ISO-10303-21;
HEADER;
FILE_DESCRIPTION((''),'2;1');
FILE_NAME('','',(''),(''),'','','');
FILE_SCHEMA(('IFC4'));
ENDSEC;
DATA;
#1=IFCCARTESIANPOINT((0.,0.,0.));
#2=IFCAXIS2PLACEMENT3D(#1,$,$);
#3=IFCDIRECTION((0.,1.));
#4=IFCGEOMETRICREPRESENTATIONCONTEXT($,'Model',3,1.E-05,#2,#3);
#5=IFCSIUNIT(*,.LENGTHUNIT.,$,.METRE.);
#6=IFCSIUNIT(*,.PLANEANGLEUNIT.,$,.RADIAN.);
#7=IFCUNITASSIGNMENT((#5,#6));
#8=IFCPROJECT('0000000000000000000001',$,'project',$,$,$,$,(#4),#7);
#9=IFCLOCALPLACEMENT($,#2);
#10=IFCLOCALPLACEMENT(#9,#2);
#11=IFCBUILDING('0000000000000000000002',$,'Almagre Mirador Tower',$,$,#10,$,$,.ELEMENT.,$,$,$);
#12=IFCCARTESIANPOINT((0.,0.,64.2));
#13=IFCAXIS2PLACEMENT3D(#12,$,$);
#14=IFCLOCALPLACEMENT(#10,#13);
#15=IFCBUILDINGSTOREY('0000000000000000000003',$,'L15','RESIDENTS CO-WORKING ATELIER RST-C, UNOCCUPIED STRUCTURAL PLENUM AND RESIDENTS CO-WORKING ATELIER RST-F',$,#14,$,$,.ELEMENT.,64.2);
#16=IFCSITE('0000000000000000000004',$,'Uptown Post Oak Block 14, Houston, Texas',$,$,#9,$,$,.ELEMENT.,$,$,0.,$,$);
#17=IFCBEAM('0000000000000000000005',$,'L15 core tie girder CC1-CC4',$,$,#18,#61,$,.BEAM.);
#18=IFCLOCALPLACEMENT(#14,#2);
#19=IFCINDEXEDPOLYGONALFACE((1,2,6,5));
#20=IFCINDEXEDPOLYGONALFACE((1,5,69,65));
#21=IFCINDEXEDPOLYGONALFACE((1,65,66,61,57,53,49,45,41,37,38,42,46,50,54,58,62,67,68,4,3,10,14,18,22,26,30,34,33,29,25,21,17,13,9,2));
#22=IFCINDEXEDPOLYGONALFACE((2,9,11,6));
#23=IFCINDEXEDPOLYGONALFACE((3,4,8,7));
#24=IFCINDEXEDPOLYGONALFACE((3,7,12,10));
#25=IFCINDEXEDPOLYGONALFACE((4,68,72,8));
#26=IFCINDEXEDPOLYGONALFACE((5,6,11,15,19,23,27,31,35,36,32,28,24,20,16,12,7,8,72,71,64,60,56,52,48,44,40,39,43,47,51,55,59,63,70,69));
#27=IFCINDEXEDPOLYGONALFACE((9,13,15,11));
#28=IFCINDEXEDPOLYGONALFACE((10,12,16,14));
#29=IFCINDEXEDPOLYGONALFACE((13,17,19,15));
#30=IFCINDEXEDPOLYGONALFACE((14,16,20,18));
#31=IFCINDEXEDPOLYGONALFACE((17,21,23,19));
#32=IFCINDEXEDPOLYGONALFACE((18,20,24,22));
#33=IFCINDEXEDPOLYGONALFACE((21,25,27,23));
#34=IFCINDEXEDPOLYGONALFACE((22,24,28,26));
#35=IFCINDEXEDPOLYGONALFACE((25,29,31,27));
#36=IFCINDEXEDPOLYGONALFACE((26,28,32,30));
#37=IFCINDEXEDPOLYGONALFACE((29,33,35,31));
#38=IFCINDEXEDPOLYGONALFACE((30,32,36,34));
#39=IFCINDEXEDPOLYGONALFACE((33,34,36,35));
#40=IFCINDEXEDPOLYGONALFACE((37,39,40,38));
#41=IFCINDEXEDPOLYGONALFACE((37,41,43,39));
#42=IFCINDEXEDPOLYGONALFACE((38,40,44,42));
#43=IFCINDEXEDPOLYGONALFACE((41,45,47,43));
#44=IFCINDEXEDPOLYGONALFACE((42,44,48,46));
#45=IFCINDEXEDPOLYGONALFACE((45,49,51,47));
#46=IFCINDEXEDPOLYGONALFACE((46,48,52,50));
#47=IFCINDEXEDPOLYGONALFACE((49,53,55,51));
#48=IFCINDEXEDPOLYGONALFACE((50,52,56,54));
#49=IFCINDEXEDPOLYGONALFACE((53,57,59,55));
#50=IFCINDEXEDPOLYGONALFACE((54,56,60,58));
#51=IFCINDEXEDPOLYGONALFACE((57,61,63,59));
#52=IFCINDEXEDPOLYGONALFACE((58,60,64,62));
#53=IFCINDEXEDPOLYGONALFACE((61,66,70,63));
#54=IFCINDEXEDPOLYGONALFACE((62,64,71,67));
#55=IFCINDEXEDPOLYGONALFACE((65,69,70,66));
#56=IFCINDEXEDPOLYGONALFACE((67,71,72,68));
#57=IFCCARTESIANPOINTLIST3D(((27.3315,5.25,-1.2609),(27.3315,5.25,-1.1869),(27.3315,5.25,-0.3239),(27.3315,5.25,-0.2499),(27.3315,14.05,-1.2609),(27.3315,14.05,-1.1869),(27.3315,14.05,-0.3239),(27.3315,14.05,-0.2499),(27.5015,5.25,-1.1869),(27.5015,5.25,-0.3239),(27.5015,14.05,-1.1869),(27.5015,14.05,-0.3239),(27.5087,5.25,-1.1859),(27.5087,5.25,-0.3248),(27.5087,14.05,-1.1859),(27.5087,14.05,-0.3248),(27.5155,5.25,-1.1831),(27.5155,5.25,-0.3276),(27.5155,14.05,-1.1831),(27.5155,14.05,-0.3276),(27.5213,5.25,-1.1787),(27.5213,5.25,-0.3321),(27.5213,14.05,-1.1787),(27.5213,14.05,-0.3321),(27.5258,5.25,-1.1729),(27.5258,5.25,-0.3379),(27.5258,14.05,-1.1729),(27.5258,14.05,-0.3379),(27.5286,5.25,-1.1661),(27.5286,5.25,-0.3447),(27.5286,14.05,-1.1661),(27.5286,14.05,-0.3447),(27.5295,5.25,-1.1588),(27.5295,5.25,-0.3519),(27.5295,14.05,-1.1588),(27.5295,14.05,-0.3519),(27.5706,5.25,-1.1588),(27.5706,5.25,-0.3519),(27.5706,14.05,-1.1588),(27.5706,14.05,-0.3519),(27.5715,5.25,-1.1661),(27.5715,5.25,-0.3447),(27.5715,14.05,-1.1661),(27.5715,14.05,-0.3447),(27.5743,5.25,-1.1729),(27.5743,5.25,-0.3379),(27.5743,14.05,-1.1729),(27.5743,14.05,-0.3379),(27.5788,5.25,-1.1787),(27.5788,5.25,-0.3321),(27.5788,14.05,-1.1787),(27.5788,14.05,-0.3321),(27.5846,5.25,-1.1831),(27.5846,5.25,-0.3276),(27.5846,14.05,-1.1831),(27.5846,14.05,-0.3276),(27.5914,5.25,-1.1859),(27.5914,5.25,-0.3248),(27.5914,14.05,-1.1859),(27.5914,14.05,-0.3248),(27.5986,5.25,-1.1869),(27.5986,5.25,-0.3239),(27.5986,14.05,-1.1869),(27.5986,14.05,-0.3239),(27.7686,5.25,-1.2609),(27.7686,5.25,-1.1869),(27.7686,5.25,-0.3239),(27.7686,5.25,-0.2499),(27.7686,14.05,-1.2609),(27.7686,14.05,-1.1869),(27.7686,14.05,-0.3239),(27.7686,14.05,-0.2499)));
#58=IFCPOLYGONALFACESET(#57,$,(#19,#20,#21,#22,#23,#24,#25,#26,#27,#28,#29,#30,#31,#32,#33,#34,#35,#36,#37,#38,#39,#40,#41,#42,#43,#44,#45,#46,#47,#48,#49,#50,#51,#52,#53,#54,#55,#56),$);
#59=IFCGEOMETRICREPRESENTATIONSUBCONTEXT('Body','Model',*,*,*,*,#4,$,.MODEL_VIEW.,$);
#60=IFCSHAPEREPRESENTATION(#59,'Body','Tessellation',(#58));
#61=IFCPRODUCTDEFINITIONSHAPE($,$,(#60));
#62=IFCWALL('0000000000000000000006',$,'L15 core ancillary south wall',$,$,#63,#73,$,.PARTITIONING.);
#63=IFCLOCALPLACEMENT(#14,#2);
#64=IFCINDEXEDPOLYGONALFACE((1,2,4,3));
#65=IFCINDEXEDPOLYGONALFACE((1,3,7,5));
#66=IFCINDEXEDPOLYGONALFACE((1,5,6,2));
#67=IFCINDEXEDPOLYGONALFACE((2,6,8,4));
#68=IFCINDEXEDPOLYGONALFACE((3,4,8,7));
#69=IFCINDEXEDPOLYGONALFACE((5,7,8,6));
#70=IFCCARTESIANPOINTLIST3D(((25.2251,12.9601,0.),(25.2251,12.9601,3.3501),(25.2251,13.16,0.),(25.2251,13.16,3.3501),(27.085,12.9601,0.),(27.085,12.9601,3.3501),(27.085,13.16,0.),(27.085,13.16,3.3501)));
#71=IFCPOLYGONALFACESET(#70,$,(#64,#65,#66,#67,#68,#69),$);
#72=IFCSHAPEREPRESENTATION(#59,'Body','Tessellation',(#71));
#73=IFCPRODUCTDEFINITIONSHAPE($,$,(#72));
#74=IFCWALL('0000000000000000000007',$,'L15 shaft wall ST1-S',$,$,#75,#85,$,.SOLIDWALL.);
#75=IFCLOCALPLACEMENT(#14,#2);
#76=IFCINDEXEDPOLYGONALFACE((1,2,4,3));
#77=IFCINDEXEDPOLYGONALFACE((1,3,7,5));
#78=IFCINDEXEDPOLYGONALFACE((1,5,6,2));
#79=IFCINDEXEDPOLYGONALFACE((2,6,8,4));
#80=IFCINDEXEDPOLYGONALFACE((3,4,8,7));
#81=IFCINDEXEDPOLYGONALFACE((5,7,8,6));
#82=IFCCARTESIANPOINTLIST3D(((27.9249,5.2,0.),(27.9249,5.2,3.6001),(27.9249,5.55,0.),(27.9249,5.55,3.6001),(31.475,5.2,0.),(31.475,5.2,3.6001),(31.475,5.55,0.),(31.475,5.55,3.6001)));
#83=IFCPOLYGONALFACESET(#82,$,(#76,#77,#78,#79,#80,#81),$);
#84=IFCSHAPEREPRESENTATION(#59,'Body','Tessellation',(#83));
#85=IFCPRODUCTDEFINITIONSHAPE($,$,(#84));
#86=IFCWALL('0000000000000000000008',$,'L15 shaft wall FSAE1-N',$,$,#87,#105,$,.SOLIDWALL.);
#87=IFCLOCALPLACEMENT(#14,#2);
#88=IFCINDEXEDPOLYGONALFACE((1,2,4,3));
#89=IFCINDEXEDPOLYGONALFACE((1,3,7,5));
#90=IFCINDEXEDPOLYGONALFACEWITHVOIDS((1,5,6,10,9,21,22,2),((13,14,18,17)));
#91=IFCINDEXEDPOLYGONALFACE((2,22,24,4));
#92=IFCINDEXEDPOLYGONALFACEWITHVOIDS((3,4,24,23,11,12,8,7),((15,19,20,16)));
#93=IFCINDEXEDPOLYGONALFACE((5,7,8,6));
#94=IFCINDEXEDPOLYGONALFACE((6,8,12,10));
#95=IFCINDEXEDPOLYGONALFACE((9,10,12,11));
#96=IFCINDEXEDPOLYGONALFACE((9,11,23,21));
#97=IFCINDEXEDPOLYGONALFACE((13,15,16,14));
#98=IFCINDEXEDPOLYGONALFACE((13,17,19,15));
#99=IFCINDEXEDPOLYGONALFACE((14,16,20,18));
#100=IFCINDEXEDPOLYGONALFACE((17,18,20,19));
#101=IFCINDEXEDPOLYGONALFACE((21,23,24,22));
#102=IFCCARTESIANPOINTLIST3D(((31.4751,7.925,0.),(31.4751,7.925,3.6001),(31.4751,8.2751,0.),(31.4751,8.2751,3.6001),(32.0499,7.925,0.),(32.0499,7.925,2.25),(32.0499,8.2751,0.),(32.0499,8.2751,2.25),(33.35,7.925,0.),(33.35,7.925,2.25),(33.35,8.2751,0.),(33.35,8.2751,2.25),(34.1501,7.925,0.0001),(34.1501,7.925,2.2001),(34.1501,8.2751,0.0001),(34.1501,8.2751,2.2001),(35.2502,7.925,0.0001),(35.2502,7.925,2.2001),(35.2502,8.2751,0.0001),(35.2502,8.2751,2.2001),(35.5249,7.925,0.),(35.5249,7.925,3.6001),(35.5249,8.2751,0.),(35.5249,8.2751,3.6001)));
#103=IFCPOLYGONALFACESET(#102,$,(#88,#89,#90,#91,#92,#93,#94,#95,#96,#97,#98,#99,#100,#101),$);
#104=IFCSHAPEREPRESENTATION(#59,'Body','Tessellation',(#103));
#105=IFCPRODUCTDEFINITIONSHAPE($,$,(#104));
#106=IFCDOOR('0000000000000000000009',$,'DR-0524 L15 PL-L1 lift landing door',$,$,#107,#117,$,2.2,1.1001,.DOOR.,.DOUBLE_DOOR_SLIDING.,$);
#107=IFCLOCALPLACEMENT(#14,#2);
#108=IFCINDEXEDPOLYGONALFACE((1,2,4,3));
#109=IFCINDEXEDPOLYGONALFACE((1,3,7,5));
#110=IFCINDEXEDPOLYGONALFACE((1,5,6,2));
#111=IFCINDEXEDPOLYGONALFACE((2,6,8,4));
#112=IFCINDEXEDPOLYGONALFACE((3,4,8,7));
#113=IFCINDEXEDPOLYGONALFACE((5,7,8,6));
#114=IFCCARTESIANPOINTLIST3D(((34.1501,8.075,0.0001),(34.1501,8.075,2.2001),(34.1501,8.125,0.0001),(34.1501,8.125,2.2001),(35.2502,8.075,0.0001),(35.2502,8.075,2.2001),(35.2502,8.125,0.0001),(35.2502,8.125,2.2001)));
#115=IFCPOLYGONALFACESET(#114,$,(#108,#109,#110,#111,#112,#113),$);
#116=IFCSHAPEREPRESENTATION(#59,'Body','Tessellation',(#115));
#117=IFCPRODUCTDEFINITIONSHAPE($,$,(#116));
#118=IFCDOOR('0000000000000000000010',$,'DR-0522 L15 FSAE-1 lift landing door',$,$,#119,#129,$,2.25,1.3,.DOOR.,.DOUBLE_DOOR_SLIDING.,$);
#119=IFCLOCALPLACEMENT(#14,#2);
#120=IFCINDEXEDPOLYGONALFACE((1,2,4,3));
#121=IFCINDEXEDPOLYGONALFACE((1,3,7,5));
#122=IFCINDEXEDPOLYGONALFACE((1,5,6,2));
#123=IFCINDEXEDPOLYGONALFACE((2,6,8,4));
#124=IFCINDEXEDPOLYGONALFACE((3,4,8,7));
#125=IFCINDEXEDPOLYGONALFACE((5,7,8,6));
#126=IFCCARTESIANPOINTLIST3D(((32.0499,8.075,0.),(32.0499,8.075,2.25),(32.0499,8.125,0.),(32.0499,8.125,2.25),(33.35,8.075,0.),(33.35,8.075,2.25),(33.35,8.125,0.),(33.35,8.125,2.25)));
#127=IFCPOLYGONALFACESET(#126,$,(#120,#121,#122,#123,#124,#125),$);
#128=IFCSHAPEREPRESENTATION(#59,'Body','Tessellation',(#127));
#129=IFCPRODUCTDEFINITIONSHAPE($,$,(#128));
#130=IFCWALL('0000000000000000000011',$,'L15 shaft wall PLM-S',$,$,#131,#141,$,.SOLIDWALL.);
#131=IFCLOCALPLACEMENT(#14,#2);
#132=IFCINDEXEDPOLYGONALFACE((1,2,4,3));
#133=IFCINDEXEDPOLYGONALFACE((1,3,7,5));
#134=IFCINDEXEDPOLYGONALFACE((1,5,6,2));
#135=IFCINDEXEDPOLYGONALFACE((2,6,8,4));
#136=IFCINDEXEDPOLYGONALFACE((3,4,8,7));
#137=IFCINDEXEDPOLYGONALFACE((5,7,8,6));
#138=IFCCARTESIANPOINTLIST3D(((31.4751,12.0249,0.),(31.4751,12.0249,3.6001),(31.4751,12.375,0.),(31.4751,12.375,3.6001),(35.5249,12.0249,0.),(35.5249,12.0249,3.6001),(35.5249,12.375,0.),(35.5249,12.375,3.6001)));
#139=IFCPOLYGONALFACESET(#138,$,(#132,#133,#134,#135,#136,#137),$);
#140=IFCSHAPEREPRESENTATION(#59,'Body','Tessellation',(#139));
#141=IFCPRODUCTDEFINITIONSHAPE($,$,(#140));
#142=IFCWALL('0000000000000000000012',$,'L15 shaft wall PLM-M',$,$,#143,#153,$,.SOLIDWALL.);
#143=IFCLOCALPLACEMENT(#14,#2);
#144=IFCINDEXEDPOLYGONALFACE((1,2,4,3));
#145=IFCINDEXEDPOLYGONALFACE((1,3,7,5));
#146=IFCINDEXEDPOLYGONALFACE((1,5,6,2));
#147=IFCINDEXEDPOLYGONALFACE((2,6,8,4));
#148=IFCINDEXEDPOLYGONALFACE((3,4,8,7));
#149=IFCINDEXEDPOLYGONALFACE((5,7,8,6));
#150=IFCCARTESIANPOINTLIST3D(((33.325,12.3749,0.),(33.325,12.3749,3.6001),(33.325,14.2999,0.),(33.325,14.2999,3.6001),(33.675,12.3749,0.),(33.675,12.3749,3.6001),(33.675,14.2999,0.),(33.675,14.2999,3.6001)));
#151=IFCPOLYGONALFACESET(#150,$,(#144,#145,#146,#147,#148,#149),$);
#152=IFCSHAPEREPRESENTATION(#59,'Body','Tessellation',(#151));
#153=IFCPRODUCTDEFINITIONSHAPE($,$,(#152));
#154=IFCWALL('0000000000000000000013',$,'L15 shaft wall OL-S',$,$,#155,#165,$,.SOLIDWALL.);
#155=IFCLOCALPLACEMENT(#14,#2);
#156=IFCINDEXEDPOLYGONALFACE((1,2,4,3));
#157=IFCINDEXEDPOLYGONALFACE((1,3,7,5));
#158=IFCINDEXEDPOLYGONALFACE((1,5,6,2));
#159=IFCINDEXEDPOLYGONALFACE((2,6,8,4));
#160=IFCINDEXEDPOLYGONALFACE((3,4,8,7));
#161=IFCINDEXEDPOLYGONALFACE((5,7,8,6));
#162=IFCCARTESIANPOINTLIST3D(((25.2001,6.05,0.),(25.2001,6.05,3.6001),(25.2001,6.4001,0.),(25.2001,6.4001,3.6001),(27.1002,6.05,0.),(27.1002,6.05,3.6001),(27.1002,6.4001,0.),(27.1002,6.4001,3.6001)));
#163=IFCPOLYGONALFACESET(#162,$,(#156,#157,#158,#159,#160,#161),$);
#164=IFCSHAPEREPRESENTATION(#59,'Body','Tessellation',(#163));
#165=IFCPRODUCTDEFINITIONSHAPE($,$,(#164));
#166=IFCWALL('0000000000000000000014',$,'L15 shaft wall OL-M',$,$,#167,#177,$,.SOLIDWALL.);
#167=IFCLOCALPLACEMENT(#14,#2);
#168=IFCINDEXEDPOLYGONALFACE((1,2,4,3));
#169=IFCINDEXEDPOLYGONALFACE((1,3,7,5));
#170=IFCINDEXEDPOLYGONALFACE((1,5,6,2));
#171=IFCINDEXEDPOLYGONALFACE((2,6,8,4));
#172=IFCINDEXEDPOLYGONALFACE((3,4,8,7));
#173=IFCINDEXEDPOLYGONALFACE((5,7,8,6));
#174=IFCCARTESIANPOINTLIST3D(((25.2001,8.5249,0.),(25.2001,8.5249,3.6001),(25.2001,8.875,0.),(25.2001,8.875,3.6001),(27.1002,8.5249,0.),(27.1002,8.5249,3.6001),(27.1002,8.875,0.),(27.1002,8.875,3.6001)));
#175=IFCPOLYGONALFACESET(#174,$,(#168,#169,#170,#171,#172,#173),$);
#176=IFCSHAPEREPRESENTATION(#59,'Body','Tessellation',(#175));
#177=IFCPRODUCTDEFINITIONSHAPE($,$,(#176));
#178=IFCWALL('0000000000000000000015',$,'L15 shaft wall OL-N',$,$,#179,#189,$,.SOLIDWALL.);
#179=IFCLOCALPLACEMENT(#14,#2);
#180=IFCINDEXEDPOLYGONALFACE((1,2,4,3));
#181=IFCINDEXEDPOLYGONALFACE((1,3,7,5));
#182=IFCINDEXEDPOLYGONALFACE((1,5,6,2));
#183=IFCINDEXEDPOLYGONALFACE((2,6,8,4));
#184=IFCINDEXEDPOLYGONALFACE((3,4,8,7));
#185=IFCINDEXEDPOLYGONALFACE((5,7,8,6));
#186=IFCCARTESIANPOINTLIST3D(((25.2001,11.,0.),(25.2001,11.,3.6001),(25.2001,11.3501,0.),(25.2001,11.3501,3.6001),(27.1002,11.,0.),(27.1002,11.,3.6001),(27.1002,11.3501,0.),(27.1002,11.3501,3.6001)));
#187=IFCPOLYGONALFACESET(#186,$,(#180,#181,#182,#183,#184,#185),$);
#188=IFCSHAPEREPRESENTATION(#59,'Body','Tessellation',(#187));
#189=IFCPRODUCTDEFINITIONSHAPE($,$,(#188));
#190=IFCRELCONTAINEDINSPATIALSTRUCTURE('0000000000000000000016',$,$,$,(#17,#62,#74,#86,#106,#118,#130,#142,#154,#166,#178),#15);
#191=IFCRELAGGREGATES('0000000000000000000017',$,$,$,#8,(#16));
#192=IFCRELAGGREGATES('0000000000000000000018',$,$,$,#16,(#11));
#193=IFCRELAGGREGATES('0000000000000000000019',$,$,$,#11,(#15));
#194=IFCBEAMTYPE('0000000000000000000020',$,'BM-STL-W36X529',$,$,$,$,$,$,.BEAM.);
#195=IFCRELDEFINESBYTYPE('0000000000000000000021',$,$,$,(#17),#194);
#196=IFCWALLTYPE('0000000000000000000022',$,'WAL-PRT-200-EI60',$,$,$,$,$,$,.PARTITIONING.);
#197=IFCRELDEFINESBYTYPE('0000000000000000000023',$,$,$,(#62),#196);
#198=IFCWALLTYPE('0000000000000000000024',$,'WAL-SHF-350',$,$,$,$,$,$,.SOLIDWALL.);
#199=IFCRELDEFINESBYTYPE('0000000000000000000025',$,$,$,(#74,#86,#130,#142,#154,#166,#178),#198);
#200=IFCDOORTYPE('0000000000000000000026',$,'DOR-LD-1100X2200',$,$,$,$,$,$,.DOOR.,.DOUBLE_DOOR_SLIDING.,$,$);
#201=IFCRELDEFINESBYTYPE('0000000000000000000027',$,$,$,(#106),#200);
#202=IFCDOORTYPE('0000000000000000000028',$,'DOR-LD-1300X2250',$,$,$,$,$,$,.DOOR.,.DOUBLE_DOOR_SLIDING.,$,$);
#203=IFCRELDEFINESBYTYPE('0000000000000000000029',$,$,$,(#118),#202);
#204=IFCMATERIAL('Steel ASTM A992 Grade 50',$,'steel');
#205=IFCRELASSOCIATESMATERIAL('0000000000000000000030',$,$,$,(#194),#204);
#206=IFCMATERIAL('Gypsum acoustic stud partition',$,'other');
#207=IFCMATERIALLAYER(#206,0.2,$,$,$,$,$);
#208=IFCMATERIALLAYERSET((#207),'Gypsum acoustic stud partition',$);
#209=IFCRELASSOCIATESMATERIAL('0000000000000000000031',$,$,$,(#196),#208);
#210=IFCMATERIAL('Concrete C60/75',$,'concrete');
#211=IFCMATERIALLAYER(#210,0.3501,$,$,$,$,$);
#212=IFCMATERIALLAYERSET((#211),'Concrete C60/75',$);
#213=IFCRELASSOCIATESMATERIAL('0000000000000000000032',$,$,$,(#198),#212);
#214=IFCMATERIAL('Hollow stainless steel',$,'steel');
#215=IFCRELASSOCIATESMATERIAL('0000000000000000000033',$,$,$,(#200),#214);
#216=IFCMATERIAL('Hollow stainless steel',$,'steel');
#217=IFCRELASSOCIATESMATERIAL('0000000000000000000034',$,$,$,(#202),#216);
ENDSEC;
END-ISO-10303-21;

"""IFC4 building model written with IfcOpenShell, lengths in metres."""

from ifc_helpers import new_model, si_unit, direction, frame, frame_2d, origin, origin_2d, place, context, subcontext, project, spatial, rectangle, i_section, extrude, material, layer, layer_set, material_profile, profile_set, type_object, element, fill, save


model = new_model("IFC4")

# Units and contexts
model_context = context("Model", 3, precision=1e-05, world=origin(), true_north=direction((0.0, 1.0)))
body_context = subcontext(model_context, "Body", "Model", "MODEL_VIEW")
ifc_project = project(units=[si_unit("LENGTHUNIT", "METRE"), si_unit("PLANEANGLEUNIT", "RADIAN")], contexts=[model_context])

# Site, building, storey
site_placement = place(None, origin())
site = spatial("IfcSite", under=ifc_project, at=site_placement, Name="Uptown Post Oak Block 14, Houston, Texas", CompositionType="ELEMENT", RefElevation=0.0)
building_placement = place(site_placement, origin())
building = spatial("IfcBuilding", under=site, at=building_placement, Name="Almagre Mirador Tower", CompositionType="ELEMENT")
storey_placement = place(building_placement, frame((0.0, 0.0, 64.2)))
storey = spatial("IfcBuildingStorey", under=building, at=storey_placement, Name="L15", Description="RESIDENTS CO-WORKING ATELIER RST-C, UNOCCUPIED STRUCTURAL PLENUM AND RESIDENTS CO-WORKING ATELIER RST-F", CompositionType="ELEMENT", Elevation=64.2)

# Beam
ifc_material_1 = material(Name="Steel ASTM A992 Grade 50", Category="steel")
ifc_material_profile = material_profile(ifc_material_1, i_section(OverallWidth=0.437, OverallDepth=1.011, WebThickness=0.041, FlangeThickness=0.074, FilletRadius=0.0281, at=origin_2d()), Name="W36X529")
ifc_profile_set = profile_set([ifc_material_profile], Name="Steel ASTM A992 Grade 50")
beam_type = type_object("IfcBeamType", Name="BM-STL-W36X529", PredefinedType="BEAM", material=ifc_profile_set)
beam_placement = place(storey_placement, frame((27.55, 5.25, -0.7554), z_axis=(0.0, 1.0, 0.0), x_axis=(-1.0, 0.0, 0.0)))
element("IfcBeam", 1, at=beam_placement, inside=storey, type_object=beam_type, Name="L15 core tie girder CC1-CC4", PredefinedType="BEAM", context=body_context, shape_type="SweptSolid", body=[
    extrude(i_section(OverallWidth=0.437, OverallDepth=1.011, WebThickness=0.041, FlangeThickness=0.074, FilletRadius=0.0281, at=origin_2d()), origin(), (0.0, 0.0, 1.0), 8.8),
])

# Walls
ifc_material_2 = material(Name="Gypsum acoustic stud partition", Category="other")
ifc_layer_1 = layer(ifc_material_2, 0.2)
ifc_layer_set_1 = layer_set([ifc_layer_1], Name="Gypsum acoustic stud partition")
wall_type_1 = type_object("IfcWallType", Name="WAL-PRT-200-EI60", PredefinedType="PARTITIONING", material=ifc_layer_set_1)
wall_1_placement = place(storey_placement, frame((25.2251, 13.0601, 0.0), z_axis=(0.0, 0.0, 1.0), x_axis=(1.0, 0.0, 0.0)))
element("IfcWall", 2, at=wall_1_placement, inside=storey, type_object=wall_type_1, Name="L15 core ancillary south wall", PredefinedType="PARTITIONING", context=body_context, shape_type="SweptSolid", body=[
    extrude(rectangle(XDim=1.8599, YDim=0.2, at=frame_2d((0.9299, 0.0))), origin(), (0.0, 0.0, 1.0), 3.3501),
])
ifc_material_3 = material(Name="Concrete C60/75", Category="concrete")
ifc_layer_2 = layer(ifc_material_3, 0.3501)
ifc_layer_set_2 = layer_set([ifc_layer_2], Name="Concrete C60/75")
wall_type_2 = type_object("IfcWallType", Name="WAL-SHF-350", PredefinedType="SOLIDWALL", material=ifc_layer_set_2)
wall_2_placement = place(storey_placement, frame((27.925, 5.375, 0.0), z_axis=(0.0, 0.0, 1.0), x_axis=(1.0, 0.0, 0.0)))
element("IfcWall", 3, at=wall_2_placement, inside=storey, type_object=wall_type_2, Name="L15 shaft wall ST1-S", PredefinedType="SOLIDWALL", context=body_context, shape_type="SweptSolid", body=[
    extrude(rectangle(XDim=3.55, YDim=0.3501, at=frame_2d((1.7749, 0.0))), origin(), (0.0, 0.0, 1.0), 3.6001),
])

# Wall, openings, doors
wall_3_placement = place(storey_placement, frame((31.4751, 8.1001, 0.0), z_axis=(0.0, 0.0, 1.0), x_axis=(1.0, 0.0, 0.0)))
wall_3 = element("IfcWall", 4, at=wall_3_placement, inside=storey, type_object=wall_type_2, Name="L15 shaft wall FSAE1-N", PredefinedType="SOLIDWALL", context=body_context, shape_type="SweptSolid", body=[
    extrude(rectangle(XDim=4.0498, YDim=0.3501, at=frame_2d((2.0249, 0.0))), origin(), (0.0, 0.0, 1.0), 3.6001),
])
opening_1_placement = place(wall_3_placement, frame((0.575, 0.0, 0.0)))
opening_1 = element("IfcOpeningElement", 5, at=opening_1_placement, cuts=wall_3, PredefinedType="OPENING", context=body_context, shape_type="SweptSolid", body=[
    extrude(rectangle(XDim=1.3, YDim=2.25, at=frame_2d((0.6499, 1.125))), frame((0.0, 0.185, 0.0), z_axis=(0.0, -1.0, 0.0), x_axis=(1.0, 0.0, 0.0)), (0.0, 0.0, 1.0), 0.3701),
])
opening_2_placement = place(wall_3_placement, frame((2.675, 0.0, 0.0)))
opening_2 = element("IfcOpeningElement", 6, at=opening_2_placement, cuts=wall_3, PredefinedType="OPENING", context=body_context, shape_type="SweptSolid", body=[
    extrude(rectangle(XDim=1.1001, YDim=2.2, at=frame_2d((0.55, 1.1001))), frame((0.0, 0.185, 0.0), z_axis=(0.0, -1.0, 0.0), x_axis=(1.0, 0.0, 0.0)), (0.0, 0.0, 1.0), 0.3701),
])
ifc_material_4 = material(Name="Hollow stainless steel", Category="steel")
door_type_1 = type_object("IfcDoorType", Name="DOR-LD-1100X2200", OperationType="DOUBLE_DOOR_SLIDING", PredefinedType="DOOR", material=ifc_material_4)
door_1_placement = place(opening_2_placement, origin())
door_1 = element("IfcDoor", 7, at=door_1_placement, inside=storey, type_object=door_type_1, Name="DR-0524 L15 PL-L1 lift landing door", OperationType="DOUBLE_DOOR_SLIDING", OverallHeight=2.2, OverallWidth=1.1001, PredefinedType="DOOR", context=body_context, shape_type="SweptSolid", body=[
    extrude(rectangle(XDim=1.1001, YDim=2.2, at=frame_2d((0.55, 1.1001))), frame((0.0, 0.0249, 0.0), z_axis=(0.0, -1.0, 0.0), x_axis=(1.0, 0.0, 0.0)), (0.0, 0.0, 1.0), 0.05),
])
fill(opening_2, door_1)
ifc_material_5 = material(Name="Hollow stainless steel", Category="steel")
door_type_2 = type_object("IfcDoorType", Name="DOR-LD-1300X2250", OperationType="DOUBLE_DOOR_SLIDING", PredefinedType="DOOR", material=ifc_material_5)
door_2_placement = place(opening_1_placement, origin())
door_2 = element("IfcDoor", 8, at=door_2_placement, inside=storey, type_object=door_type_2, Name="DR-0522 L15 FSAE-1 lift landing door", OperationType="DOUBLE_DOOR_SLIDING", OverallHeight=2.25, OverallWidth=1.3, PredefinedType="DOOR", context=body_context, shape_type="SweptSolid", body=[
    extrude(rectangle(XDim=1.3, YDim=2.25, at=frame_2d((0.6499, 1.125))), frame((0.0, 0.0249, 0.0), z_axis=(0.0, -1.0, 0.0), x_axis=(1.0, 0.0, 0.0)), (0.0, 0.0, 1.0), 0.05),
])
fill(opening_1, door_2)

# Walls
wall_4_placement = place(storey_placement, frame((31.4751, 12.2, 0.0), z_axis=(0.0, 0.0, 1.0), x_axis=(1.0, 0.0, 0.0)))
element("IfcWall", 9, at=wall_4_placement, inside=storey, type_object=wall_type_2, Name="L15 shaft wall PLM-S", PredefinedType="SOLIDWALL", context=body_context, shape_type="SweptSolid", body=[
    extrude(rectangle(XDim=4.0498, YDim=0.3501, at=frame_2d((2.0249, 0.0))), origin(), (0.0, 0.0, 1.0), 3.6001),
])
wall_5_placement = place(storey_placement, frame((33.5, 12.375, 0.0), z_axis=(0.0, 0.0, 1.0), x_axis=(0.0, 1.0, 0.0)))
element("IfcWall", 10, at=wall_5_placement, inside=storey, type_object=wall_type_2, Name="L15 shaft wall PLM-M", PredefinedType="SOLIDWALL", context=body_context, shape_type="SweptSolid", body=[
    extrude(rectangle(XDim=1.925, YDim=0.3501, at=frame_2d((0.9624, 0.0))), origin(), (0.0, 0.0, 1.0), 3.6001),
])
for number, where, z_axis, x_axis, name in (
    (11, (25.2, 6.2251, 0.0), (0.0, 0.0, 1.0), (1.0, 0.0, 0.0), "L15 shaft wall OL-S"),
    (12, (25.2, 8.7, 0.0), (0.0, 0.0, 1.0), (1.0, 0.0, 0.0), "L15 shaft wall OL-M"),
    (13, (25.2, 11.175, 0.0), (0.0, 0.0, 1.0), (1.0, 0.0, 0.0), "L15 shaft wall OL-N"),
):
    element("IfcWall", number, at=place(storey_placement, frame(where, z_axis=z_axis, x_axis=x_axis)), inside=storey, type_object=wall_type_2, Name=name, PredefinedType="SOLIDWALL", context=body_context, shape_type="SweptSolid", body=[
        extrude(rectangle(XDim=1.9001, YDim=0.3501, at=frame_2d((0.9502, 0.0))), origin(), (0.0, 0.0, 1.0), 3.6001),
    ])

save(model, "model.ifc")
